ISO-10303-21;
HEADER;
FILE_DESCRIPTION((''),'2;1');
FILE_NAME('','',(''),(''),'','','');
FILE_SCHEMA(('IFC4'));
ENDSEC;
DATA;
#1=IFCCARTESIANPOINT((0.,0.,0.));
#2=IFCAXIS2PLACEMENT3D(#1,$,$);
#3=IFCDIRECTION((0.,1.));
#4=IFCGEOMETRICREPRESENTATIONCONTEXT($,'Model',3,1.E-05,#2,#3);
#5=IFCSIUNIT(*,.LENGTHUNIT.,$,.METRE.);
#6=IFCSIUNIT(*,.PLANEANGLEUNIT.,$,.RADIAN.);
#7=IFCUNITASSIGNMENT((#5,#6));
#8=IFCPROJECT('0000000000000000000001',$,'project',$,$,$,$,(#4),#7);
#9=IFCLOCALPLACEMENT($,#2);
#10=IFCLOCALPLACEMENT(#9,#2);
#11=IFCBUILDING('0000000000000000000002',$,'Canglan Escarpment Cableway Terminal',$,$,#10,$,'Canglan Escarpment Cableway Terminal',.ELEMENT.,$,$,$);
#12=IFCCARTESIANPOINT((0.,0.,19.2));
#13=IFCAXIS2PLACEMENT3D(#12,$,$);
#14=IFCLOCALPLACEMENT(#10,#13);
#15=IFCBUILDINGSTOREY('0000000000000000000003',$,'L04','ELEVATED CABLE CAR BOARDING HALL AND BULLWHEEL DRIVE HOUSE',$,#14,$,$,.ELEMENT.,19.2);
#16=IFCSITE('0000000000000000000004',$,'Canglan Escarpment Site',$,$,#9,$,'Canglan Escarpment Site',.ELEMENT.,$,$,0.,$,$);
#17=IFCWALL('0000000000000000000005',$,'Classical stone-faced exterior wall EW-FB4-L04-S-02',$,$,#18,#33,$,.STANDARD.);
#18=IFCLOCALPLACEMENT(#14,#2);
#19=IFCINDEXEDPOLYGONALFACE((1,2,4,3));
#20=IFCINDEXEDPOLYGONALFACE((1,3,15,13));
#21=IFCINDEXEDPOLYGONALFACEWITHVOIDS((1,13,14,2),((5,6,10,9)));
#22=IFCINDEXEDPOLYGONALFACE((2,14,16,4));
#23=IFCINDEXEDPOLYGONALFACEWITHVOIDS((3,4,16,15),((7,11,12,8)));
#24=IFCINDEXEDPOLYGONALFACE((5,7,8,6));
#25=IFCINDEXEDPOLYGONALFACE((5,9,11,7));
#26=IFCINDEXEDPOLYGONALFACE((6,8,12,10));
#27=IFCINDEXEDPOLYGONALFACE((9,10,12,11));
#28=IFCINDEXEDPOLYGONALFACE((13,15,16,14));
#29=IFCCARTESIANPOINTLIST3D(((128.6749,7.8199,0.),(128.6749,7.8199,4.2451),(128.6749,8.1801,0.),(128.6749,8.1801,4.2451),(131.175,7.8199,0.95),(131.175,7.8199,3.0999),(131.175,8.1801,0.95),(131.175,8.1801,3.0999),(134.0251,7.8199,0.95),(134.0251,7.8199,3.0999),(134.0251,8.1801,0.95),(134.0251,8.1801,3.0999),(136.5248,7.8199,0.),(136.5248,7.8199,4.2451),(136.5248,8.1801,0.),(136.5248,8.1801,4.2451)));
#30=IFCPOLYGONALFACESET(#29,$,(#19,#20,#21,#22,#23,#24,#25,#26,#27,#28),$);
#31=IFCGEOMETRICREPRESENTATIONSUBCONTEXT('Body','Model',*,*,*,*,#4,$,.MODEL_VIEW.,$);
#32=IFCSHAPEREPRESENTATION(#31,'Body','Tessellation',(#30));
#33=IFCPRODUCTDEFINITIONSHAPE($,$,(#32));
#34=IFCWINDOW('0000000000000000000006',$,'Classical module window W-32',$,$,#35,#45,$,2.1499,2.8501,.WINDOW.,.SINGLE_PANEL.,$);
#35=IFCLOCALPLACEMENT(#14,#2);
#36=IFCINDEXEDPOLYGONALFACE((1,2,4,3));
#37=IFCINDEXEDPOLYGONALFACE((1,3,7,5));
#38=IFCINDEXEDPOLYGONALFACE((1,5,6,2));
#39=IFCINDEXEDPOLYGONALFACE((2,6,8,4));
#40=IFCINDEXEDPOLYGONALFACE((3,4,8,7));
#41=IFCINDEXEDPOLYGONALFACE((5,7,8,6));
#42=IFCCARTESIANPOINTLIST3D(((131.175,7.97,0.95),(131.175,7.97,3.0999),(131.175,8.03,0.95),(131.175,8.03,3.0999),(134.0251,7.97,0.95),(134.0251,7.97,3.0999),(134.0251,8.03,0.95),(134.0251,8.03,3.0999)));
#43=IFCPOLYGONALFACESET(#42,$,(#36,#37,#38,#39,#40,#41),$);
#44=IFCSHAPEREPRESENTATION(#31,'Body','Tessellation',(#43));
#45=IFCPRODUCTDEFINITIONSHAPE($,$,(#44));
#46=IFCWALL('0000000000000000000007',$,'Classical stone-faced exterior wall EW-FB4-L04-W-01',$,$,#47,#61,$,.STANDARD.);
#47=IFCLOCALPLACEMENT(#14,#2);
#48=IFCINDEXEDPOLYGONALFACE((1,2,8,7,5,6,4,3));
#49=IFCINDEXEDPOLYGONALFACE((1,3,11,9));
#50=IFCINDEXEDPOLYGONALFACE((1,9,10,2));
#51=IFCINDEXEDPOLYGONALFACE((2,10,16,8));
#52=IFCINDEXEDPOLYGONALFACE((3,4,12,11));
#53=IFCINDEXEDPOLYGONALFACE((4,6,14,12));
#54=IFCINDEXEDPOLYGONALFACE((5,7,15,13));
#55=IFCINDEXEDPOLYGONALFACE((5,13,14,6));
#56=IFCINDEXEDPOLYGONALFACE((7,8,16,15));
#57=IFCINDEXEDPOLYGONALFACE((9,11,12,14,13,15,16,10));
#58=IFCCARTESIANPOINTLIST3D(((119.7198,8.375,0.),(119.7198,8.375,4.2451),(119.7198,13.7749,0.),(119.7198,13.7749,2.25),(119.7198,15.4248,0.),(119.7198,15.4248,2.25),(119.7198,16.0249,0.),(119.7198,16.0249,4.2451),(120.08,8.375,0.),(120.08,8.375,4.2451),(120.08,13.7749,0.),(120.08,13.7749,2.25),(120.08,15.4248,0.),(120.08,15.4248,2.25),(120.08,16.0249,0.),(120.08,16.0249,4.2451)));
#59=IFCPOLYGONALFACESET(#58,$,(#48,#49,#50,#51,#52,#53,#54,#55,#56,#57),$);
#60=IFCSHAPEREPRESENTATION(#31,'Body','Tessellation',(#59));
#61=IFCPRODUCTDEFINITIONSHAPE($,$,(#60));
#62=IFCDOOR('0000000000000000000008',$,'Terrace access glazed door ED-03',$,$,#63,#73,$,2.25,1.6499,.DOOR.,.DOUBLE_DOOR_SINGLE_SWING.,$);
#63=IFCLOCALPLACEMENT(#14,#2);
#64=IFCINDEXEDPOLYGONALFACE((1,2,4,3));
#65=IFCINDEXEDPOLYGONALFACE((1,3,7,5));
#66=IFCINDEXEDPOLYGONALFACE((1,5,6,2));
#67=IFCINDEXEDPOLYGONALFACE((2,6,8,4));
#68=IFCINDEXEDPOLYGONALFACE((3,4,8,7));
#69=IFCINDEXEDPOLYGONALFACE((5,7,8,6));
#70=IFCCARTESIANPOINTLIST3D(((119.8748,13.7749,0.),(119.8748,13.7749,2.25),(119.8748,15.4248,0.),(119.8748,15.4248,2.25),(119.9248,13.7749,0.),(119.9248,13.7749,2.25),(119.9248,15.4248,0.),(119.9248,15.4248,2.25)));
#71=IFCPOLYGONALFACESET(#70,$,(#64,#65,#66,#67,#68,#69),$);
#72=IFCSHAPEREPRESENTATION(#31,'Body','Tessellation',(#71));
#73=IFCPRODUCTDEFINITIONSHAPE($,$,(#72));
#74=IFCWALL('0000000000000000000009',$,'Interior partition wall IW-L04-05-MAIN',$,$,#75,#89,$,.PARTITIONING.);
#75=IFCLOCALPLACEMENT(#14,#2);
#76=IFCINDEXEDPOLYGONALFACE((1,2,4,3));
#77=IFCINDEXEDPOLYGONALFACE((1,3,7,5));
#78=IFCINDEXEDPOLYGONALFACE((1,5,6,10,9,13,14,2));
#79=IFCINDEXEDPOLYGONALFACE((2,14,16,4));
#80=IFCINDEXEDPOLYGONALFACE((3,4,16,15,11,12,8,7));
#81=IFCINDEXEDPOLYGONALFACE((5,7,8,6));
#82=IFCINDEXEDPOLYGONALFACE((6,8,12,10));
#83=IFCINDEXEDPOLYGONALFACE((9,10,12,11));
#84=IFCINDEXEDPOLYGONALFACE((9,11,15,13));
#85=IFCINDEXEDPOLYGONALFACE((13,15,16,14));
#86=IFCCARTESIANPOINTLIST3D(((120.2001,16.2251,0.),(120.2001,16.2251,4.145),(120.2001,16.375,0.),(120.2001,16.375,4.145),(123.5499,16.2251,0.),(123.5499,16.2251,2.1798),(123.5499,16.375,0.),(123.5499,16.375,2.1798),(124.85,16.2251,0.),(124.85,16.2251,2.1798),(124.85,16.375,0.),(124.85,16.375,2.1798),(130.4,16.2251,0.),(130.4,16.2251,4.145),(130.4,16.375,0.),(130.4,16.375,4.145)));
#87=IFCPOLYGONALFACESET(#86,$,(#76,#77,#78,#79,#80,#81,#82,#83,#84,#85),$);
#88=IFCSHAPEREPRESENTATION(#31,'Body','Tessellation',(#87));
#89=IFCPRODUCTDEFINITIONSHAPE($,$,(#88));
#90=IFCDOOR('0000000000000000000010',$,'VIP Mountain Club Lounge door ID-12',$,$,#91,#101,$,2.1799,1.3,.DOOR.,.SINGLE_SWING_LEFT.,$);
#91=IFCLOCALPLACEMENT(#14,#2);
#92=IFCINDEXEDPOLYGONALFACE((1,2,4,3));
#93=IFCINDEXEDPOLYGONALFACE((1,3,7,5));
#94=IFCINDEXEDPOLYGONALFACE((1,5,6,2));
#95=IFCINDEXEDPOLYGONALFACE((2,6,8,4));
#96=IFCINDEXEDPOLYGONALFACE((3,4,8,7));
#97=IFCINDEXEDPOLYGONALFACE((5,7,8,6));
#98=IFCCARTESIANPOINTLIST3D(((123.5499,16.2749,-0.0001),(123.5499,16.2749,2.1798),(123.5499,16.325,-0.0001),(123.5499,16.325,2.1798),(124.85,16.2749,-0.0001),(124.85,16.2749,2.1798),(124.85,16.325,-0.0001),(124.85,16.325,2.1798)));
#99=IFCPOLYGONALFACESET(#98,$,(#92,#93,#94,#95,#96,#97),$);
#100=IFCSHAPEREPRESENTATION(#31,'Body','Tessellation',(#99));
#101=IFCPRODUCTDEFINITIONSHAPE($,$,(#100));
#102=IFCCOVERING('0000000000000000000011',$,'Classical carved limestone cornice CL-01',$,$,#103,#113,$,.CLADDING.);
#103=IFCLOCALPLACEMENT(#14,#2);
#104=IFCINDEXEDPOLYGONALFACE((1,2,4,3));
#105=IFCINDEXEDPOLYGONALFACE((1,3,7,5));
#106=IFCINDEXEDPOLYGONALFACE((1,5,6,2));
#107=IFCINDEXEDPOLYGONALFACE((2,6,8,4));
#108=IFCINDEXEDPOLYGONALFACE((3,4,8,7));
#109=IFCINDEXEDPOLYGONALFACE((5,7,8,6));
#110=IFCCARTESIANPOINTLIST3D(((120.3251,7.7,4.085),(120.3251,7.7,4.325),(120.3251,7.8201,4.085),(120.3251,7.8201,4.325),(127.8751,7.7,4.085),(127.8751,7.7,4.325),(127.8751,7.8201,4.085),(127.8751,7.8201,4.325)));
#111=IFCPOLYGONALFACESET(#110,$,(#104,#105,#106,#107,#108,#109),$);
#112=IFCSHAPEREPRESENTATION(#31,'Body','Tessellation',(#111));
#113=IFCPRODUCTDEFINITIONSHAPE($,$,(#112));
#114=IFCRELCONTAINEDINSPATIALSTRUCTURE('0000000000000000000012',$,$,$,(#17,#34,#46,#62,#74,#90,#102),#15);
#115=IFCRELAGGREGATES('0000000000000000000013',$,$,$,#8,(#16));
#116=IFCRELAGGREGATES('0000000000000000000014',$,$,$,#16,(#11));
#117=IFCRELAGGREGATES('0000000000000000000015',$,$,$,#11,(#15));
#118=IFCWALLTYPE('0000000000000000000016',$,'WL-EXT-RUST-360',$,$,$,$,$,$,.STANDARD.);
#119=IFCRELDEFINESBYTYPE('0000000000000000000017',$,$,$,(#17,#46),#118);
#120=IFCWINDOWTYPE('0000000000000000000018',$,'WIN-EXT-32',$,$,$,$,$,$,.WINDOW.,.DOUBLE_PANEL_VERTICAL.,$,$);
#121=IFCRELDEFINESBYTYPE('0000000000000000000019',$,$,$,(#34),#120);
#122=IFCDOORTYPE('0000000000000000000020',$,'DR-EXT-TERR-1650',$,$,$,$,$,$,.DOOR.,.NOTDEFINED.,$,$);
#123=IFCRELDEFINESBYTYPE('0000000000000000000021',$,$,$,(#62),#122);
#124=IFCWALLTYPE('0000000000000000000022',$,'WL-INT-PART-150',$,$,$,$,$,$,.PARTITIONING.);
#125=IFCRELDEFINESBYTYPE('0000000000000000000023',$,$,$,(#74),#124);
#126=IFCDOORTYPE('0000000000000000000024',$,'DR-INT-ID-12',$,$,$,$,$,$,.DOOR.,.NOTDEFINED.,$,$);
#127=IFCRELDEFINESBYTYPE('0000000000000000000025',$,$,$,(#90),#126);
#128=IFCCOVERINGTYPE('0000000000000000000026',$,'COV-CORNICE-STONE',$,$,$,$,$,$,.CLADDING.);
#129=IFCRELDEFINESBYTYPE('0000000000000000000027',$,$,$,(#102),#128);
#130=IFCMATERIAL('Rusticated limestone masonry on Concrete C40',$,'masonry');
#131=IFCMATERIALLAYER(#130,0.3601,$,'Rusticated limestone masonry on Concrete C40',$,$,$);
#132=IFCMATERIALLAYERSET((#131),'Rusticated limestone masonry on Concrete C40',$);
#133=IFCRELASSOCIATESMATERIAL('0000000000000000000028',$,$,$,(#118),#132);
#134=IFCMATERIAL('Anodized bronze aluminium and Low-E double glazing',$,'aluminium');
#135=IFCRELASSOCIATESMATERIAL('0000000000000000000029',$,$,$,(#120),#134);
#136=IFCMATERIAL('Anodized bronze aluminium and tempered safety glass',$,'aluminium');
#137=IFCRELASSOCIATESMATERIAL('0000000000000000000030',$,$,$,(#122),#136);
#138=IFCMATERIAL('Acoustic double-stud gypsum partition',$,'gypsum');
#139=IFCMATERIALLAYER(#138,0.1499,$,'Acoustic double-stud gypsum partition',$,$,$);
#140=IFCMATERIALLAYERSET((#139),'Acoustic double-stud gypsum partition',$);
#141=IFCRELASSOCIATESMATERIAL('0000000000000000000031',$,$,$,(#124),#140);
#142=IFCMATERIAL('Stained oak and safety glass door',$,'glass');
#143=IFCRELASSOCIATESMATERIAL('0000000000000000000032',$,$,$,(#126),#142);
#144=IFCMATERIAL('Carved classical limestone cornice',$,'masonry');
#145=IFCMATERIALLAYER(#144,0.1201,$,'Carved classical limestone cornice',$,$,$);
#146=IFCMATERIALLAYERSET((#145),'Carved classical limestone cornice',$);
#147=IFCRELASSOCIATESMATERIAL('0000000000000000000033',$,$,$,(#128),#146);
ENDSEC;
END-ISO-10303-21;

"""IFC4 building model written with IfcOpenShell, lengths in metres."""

from ifc_helpers import new_model, si_unit, direction, frame, frame_2d, origin, origin_2d, place, context, subcontext, project, spatial, rectangle, extrude, material, layer, layer_set, type_object, element, fill, save


model = new_model("IFC4")

# Units and contexts
model_context = context("Model", 3, precision=1e-05, world=origin(), true_north=direction((0.0, 1.0)))
body_context = subcontext(model_context, "Body", "Model", "MODEL_VIEW")
ifc_project = project(units=[si_unit("LENGTHUNIT", "METRE"), si_unit("PLANEANGLEUNIT", "RADIAN")], contexts=[model_context])

# Site, building, storey
site_placement = place(None, origin())
site = spatial("IfcSite", under=ifc_project, at=site_placement, Name="Canglan Escarpment Site", LongName="Canglan Escarpment Site", CompositionType="ELEMENT", RefElevation=0.0)
building_placement = place(site_placement, origin())
building = spatial("IfcBuilding", under=site, at=building_placement, Name="Canglan Escarpment Cableway Terminal", LongName="Canglan Escarpment Cableway Terminal", CompositionType="ELEMENT")
storey_placement = place(building_placement, frame((0.0, 0.0, 19.2)))
storey = spatial("IfcBuildingStorey", under=building, at=storey_placement, Name="L04", Description="ELEVATED CABLE CAR BOARDING HALL AND BULLWHEEL DRIVE HOUSE", CompositionType="ELEMENT", Elevation=19.2)

# Wall, opening, window
ifc_material_1 = material(Name="Rusticated limestone masonry on Concrete C40", Category="masonry")
ifc_layer_1 = layer(ifc_material_1, 0.3601, Name="Rusticated limestone masonry on Concrete C40")
ifc_layer_set_1 = layer_set([ifc_layer_1], Name="Rusticated limestone masonry on Concrete C40")
wall_type_1 = type_object("IfcWallType", Name="WL-EXT-RUST-360", PredefinedType="STANDARD", material=ifc_layer_set_1)
ifc_material_2 = material(Name="Anodized bronze aluminium and Low-E double glazing", Category="aluminium")
wall_1_placement = place(storey_placement, frame((128.675, 8.0, 0.0), z_axis=(0.0, 0.0, 1.0), x_axis=(1.0, 0.0, 0.0)))
wall_1 = element("IfcWall", 1, at=wall_1_placement, inside=storey, type_object=wall_type_1, Name="Classical stone-faced exterior wall EW-FB4-L04-S-02", PredefinedType="STANDARD", context=body_context, shape_type="SweptSolid", body=[
    extrude(rectangle(XDim=7.8499, YDim=0.3601, at=frame_2d((3.9248, 0.0))), origin(), (0.0, 0.0, 1.0), 4.2451),
])
opening_1_placement = place(wall_1_placement, frame((2.5, 0.0, 0.95)))
opening_1 = element("IfcOpeningElement", 2, at=opening_1_placement, cuts=wall_1, PredefinedType="OPENING", context=body_context, shape_type="SweptSolid", body=[
    extrude(rectangle(XDim=2.8501, YDim=2.1499, at=frame_2d((1.425, 1.075))), frame((0.0, 0.1899, 0.0), z_axis=(0.0, -1.0, 0.0), x_axis=(1.0, 0.0, 0.0)), (0.0, 0.0, 1.0), 0.3801),
])
window_type_1 = type_object("IfcWindowType", Name="WIN-EXT-32", PartitioningType="DOUBLE_PANEL_VERTICAL", PredefinedType="WINDOW", material=ifc_material_2)
window_1_placement = place(opening_1_placement, origin())
window_1 = element("IfcWindow", 3, at=window_1_placement, inside=storey, type_object=window_type_1, Name="Classical module window W-32", OverallHeight=2.1499, OverallWidth=2.8501, PartitioningType="SINGLE_PANEL", PredefinedType="WINDOW", context=body_context, shape_type="SweptSolid", body=[
    extrude(rectangle(XDim=2.8501, YDim=2.1499, at=frame_2d((1.425, 1.075))), frame((0.0, 0.03, 0.0), z_axis=(0.0, -1.0, 0.0), x_axis=(1.0, 0.0, 0.0)), (0.0, 0.0, 1.0), 0.0601),
])
fill(opening_1, window_1)

# Walls, openings, doors
wall_2_placement = place(storey_placement, frame((119.8999, 16.0249, 0.0), z_axis=(0.0, 0.0, 1.0), x_axis=(0.0, -1.0, 0.0)))
wall_2 = element("IfcWall", 4, at=wall_2_placement, inside=storey, type_object=wall_type_1, Name="Classical stone-faced exterior wall EW-FB4-L04-W-01", PredefinedType="STANDARD", context=body_context, shape_type="SweptSolid", body=[
    extrude(rectangle(XDim=7.6499, YDim=0.3601, at=frame_2d((3.825, 0.0))), origin(), (0.0, 0.0, 1.0), 4.2451),
])
opening_2_placement = place(wall_2_placement, frame((0.6001, 0.0, 0.0)))
opening_2 = element("IfcOpeningElement", 5, at=opening_2_placement, cuts=wall_2, PredefinedType="OPENING", context=body_context, shape_type="SweptSolid", body=[
    extrude(rectangle(XDim=1.6499, YDim=2.25, at=frame_2d((0.825, 1.125))), frame((0.0, 0.1899, 0.0), z_axis=(0.0, -1.0, 0.0), x_axis=(1.0, 0.0, 0.0)), (0.0, 0.0, 1.0), 0.3801),
])
ifc_material_3 = material(Name="Anodized bronze aluminium and tempered safety glass", Category="aluminium")
door_type_1 = type_object("IfcDoorType", Name="DR-EXT-TERR-1650", OperationType="NOTDEFINED", PredefinedType="DOOR", material=ifc_material_3)
door_1_placement = place(opening_2_placement, origin())
door_1 = element("IfcDoor", 6, at=door_1_placement, inside=storey, type_object=door_type_1, Name="Terrace access glazed door ED-03", OperationType="DOUBLE_DOOR_SINGLE_SWING", OverallHeight=2.25, OverallWidth=1.6499, PredefinedType="DOOR", context=body_context, shape_type="SweptSolid", body=[
    extrude(rectangle(XDim=1.6499, YDim=2.25, at=frame_2d((0.825, 1.125))), frame((0.0, 0.0249, 0.0), z_axis=(0.0, -1.0, 0.0), x_axis=(1.0, 0.0, 0.0)), (0.0, 0.0, 1.0), 0.05),
])
fill(opening_2, door_1)
ifc_material_4 = material(Name="Acoustic double-stud gypsum partition", Category="gypsum")
ifc_layer_2 = layer(ifc_material_4, 0.1499, Name="Acoustic double-stud gypsum partition")
ifc_layer_set_2 = layer_set([ifc_layer_2], Name="Acoustic double-stud gypsum partition")
wall_type_2 = type_object("IfcWallType", Name="WL-INT-PART-150", PredefinedType="PARTITIONING", material=ifc_layer_set_2)
wall_3_placement = place(storey_placement, frame((120.2, 16.3, 0.0), z_axis=(0.0, 0.0, 1.0), x_axis=(1.0, 0.0, 0.0)))
wall_3 = element("IfcWall", 7, at=wall_3_placement, inside=storey, type_object=wall_type_2, Name="Interior partition wall IW-L04-05-MAIN", PredefinedType="PARTITIONING", context=body_context, shape_type="SweptSolid", body=[
    extrude(rectangle(XDim=10.2, YDim=0.1499, at=frame_2d((5.1001, 0.0))), origin(), (0.0, 0.0, 1.0), 4.145),
])
opening_3_placement = place(wall_3_placement, frame((3.3501, 0.0, 0.0)))
opening_3 = element("IfcOpeningElement", 8, at=opening_3_placement, cuts=wall_3, PredefinedType="OPENING", context=body_context, shape_type="SweptSolid", body=[
    extrude(rectangle(XDim=1.3, YDim=2.1799, at=frame_2d((0.6499, 1.0898))), frame((0.0, 0.085, 0.0), z_axis=(0.0, -1.0, 0.0), x_axis=(1.0, 0.0, 0.0)), (0.0, 0.0, 1.0), 0.1699),
])
ifc_material_5 = material(Name="Stained oak and safety glass door", Category="glass")
door_type_2 = type_object("IfcDoorType", Name="DR-INT-ID-12", OperationType="NOTDEFINED", PredefinedType="DOOR", material=ifc_material_5)
door_2_placement = place(opening_3_placement, origin())
door_2 = element("IfcDoor", 9, at=door_2_placement, inside=storey, type_object=door_type_2, Name="VIP Mountain Club Lounge door ID-12", OperationType="SINGLE_SWING_LEFT", OverallHeight=2.1799, OverallWidth=1.3, PredefinedType="DOOR", context=body_context, shape_type="SweptSolid", body=[
    extrude(rectangle(XDim=1.3, YDim=2.1799, at=frame_2d((0.6499, 1.0898))), frame((0.0, 0.0249, 0.0), z_axis=(0.0, -1.0, 0.0), x_axis=(1.0, 0.0, 0.0)), (0.0, 0.0, 1.0), 0.05),
])
fill(opening_3, door_2)

# Covering
ifc_material_6 = material(Name="Carved classical limestone cornice", Category="masonry")
ifc_layer_3 = layer(ifc_material_6, 0.1201, Name="Carved classical limestone cornice")
ifc_layer_set_3 = layer_set([ifc_layer_3], Name="Carved classical limestone cornice")
covering_type = type_object("IfcCoveringType", Name="COV-CORNICE-STONE", PredefinedType="CLADDING", material=ifc_layer_set_3)
covering_placement = place(storey_placement, frame((124.1001, 7.76, 4.085), z_axis=(0.0, 0.0, 1.0), x_axis=(1.0, 0.0, 0.0)))
element("IfcCovering", 10, at=covering_placement, inside=storey, type_object=covering_type, Name="Classical carved limestone cornice CL-01", PredefinedType="CLADDING", context=body_context, shape_type="SweptSolid", body=[
    extrude(rectangle(XDim=7.55, YDim=0.1201, at=origin_2d()), origin(), (0.0, 0.0, 1.0), 0.24),
])

save(model, "model.ifc")
